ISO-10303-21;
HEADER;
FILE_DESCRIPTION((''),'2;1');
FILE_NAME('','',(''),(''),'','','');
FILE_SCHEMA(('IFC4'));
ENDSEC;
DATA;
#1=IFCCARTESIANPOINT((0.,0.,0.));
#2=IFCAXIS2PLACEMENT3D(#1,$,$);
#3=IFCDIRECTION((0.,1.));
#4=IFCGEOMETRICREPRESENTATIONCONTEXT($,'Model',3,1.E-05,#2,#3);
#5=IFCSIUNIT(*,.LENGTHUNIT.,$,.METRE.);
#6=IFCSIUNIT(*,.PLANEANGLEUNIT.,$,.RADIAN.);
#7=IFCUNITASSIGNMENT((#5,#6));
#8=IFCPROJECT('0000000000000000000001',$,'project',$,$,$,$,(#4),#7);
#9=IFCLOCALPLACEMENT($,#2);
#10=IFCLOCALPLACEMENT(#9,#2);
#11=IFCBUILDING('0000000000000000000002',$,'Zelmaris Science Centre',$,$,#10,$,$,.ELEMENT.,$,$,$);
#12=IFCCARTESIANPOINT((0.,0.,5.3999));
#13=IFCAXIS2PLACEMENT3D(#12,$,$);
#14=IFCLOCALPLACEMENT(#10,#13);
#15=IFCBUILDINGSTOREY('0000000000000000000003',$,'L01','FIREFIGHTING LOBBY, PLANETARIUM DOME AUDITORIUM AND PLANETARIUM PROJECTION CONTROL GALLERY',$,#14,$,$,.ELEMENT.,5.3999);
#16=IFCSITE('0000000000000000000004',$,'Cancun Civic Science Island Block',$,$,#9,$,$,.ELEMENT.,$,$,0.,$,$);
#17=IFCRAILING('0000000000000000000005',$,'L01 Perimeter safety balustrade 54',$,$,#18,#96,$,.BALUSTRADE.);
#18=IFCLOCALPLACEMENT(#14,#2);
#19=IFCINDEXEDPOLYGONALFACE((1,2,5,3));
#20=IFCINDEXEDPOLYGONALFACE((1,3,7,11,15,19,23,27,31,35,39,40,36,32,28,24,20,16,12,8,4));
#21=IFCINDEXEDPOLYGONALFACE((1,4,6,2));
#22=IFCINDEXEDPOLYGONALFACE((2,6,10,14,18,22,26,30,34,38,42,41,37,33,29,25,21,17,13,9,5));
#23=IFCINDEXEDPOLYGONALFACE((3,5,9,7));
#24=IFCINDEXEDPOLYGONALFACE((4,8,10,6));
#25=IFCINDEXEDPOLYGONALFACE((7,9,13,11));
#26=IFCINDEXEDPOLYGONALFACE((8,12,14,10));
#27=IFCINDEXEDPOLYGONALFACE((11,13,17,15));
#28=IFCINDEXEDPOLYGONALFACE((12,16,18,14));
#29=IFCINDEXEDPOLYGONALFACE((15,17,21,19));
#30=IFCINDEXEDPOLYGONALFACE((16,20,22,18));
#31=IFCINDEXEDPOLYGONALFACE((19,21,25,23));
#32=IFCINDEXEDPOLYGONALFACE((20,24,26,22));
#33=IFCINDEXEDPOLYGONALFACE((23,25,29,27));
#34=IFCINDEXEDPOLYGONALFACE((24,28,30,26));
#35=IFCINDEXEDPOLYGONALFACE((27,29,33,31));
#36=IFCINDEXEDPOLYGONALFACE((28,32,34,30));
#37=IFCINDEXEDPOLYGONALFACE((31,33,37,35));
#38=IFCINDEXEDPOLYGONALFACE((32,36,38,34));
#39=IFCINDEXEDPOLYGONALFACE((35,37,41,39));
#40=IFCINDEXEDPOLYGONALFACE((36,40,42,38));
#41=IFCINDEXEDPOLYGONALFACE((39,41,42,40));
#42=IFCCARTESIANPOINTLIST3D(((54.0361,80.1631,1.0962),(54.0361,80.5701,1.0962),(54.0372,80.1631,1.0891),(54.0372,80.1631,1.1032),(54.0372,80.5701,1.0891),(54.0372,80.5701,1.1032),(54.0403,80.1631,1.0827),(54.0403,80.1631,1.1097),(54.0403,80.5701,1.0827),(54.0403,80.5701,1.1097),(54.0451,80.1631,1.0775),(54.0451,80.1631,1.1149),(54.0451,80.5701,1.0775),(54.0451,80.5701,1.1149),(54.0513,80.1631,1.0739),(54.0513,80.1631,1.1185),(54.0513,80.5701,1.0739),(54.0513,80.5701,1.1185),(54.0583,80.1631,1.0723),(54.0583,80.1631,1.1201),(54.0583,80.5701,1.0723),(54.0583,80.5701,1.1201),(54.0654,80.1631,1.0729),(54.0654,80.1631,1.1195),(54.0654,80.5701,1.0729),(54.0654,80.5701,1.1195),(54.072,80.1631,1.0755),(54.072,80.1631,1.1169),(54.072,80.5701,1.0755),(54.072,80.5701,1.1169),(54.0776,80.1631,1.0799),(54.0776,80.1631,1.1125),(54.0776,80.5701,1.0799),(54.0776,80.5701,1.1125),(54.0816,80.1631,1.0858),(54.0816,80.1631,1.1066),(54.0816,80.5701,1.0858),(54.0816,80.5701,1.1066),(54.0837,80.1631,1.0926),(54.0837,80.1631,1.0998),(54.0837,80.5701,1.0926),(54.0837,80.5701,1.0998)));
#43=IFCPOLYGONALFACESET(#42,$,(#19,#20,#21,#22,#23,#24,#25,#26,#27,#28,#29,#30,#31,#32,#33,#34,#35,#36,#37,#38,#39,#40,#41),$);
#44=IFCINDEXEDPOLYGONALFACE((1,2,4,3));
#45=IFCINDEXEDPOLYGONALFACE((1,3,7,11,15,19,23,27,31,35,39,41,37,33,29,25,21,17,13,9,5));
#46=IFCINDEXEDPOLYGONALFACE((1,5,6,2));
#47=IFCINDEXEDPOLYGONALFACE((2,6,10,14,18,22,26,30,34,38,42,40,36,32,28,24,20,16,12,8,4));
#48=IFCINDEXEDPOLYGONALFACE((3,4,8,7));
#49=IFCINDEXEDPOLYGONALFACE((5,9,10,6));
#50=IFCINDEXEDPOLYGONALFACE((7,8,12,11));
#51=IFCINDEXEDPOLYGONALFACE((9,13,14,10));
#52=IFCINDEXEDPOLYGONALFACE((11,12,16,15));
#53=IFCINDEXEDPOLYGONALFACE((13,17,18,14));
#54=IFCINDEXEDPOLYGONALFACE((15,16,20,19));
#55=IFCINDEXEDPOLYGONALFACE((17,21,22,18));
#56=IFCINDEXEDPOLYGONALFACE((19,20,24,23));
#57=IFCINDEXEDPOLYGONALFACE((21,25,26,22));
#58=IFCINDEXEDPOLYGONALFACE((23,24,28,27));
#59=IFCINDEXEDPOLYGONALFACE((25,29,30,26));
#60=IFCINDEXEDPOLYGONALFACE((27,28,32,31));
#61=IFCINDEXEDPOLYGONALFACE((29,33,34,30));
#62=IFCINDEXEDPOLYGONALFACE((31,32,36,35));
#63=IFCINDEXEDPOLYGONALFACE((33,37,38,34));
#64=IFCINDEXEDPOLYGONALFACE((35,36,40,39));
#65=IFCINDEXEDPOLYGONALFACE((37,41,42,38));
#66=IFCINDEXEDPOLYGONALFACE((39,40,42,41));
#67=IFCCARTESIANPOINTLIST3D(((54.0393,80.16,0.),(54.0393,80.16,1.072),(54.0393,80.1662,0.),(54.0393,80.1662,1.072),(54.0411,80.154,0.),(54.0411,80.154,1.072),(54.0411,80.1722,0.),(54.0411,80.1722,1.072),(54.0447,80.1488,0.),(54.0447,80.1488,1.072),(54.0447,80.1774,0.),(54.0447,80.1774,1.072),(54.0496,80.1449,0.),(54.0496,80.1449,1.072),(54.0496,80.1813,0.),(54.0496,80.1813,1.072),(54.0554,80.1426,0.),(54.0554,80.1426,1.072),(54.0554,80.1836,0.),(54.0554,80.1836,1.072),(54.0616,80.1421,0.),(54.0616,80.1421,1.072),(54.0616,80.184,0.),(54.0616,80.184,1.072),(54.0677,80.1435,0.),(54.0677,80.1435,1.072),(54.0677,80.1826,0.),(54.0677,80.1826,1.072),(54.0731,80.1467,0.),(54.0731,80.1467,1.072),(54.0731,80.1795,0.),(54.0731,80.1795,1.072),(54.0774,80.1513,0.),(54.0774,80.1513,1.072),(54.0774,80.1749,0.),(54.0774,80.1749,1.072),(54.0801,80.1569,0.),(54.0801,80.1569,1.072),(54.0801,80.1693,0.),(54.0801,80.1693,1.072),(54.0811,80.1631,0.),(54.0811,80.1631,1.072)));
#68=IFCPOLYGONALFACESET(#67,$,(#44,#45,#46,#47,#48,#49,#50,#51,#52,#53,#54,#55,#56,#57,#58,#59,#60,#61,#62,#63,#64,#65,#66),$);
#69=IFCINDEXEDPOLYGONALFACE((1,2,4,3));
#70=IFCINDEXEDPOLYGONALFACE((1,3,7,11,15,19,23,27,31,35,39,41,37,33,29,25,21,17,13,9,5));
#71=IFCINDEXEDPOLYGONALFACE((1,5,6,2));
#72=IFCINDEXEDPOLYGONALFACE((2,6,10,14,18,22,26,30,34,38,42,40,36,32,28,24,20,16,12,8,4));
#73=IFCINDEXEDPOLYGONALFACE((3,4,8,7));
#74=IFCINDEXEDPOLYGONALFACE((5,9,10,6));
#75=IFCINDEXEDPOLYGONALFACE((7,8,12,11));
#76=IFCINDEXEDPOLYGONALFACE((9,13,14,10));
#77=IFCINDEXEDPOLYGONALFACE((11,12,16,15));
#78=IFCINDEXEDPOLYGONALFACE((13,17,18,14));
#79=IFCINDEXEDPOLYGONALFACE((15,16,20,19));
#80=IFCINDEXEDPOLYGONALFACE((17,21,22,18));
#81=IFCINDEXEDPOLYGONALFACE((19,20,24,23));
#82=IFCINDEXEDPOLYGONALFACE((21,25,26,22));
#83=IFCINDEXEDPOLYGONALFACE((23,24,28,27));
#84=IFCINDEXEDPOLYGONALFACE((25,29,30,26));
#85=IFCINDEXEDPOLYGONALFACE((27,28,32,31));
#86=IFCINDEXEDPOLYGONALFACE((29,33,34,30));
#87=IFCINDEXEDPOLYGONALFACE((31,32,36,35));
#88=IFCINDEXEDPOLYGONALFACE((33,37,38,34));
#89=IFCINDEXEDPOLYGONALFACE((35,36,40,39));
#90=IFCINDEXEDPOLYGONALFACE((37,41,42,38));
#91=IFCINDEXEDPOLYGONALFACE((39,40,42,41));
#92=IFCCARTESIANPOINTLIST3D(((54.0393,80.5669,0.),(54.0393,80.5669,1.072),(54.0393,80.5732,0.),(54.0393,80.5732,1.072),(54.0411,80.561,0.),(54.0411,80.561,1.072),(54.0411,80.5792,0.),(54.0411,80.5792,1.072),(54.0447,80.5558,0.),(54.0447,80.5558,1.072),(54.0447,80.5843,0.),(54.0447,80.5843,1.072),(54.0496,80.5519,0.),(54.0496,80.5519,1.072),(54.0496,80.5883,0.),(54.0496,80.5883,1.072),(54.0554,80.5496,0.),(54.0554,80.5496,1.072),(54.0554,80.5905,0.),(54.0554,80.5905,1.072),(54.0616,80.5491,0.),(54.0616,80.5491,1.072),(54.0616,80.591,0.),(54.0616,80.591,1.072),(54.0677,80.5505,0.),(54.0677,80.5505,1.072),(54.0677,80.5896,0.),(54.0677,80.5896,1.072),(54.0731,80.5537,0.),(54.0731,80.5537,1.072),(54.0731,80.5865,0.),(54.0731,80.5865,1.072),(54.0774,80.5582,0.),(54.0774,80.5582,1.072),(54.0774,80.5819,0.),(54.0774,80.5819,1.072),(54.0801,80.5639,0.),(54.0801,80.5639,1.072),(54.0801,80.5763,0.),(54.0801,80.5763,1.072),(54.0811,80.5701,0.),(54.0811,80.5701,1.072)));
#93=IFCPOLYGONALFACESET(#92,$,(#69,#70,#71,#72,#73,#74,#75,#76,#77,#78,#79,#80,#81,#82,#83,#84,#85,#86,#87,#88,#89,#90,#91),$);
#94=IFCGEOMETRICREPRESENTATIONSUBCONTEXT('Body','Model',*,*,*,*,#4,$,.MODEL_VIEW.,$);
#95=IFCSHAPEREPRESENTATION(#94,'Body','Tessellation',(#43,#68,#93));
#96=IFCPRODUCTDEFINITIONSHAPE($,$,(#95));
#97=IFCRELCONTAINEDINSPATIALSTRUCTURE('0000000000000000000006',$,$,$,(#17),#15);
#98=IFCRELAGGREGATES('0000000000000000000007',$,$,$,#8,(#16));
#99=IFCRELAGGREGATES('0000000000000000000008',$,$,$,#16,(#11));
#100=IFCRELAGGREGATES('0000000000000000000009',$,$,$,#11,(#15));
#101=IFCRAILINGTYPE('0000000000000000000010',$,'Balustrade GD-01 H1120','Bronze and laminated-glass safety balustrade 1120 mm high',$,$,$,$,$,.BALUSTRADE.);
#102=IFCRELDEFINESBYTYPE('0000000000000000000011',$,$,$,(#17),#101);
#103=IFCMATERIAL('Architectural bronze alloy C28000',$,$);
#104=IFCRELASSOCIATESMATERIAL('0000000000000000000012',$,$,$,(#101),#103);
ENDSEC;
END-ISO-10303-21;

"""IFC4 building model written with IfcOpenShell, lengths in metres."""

from ifc_helpers import new_model, si_unit, direction, frame, origin, origin_2d, place, context, subcontext, project, spatial, circle, extrude, material, type_object, element, save


model = new_model("IFC4")

# Units and contexts
model_context = context("Model", 3, precision=1e-05, world=origin(), true_north=direction((0.0, 1.0)))
body_context = subcontext(model_context, "Body", "Model", "MODEL_VIEW")
ifc_project = project(units=[si_unit("LENGTHUNIT", "METRE"), si_unit("PLANEANGLEUNIT", "RADIAN")], contexts=[model_context])

# Site, building, storey
site_placement = place(None, origin())
site = spatial("IfcSite", under=ifc_project, at=site_placement, Name="Cancun Civic Science Island Block", CompositionType="ELEMENT", RefElevation=0.0)
building_placement = place(site_placement, origin())
building = spatial("IfcBuilding", under=site, at=building_placement, Name="Zelmaris Science Centre", CompositionType="ELEMENT")
storey_placement = place(building_placement, frame((0.0, 0.0, 5.3999)))
storey = spatial("IfcBuildingStorey", under=building, at=storey_placement, Name="L01", Description="FIREFIGHTING LOBBY, PLANETARIUM DOME AUDITORIUM AND PLANETARIUM PROJECTION CONTROL GALLERY", CompositionType="ELEMENT", Elevation=5.3999)

# Railing
ifc_material_1 = material(Name="Architectural bronze alloy C28000")
railing_type = type_object("IfcRailingType", Name="Balustrade GD-01 H1120", Description="Bronze and laminated-glass safety balustrade 1120 mm high", PredefinedType="BALUSTRADE", material=ifc_material_1)
for number, where, name in (
    (1, (54.0601, 80.1631, 0.0), "L01 Perimeter safety balustrade 54"),
):
    element("IfcRailing", number, at=place(storey_placement, frame(where)), inside=storey, type_object=railing_type, Name=name, PredefinedType="BALUSTRADE", context=body_context, shape_type="SweptSolid", body=[
        extrude(circle(Radius=0.0239, at=origin_2d()), frame((0.0, 0.0, 1.0962), z_axis=(0.0, 1.0, 0.0), x_axis=(-1.0, 0.0, 0.0)), (0.0, 0.0, 1.0), 0.407),
        extrude(circle(Radius=0.021, at=origin_2d()), origin(), (0.0, 0.0, 1.0), 1.072),
        extrude(circle(Radius=0.021, at=origin_2d()), frame((0.0, 0.407, 0.0)), (0.0, 0.0, 1.0), 1.072),
    ])

save(model, "model.ifc")
